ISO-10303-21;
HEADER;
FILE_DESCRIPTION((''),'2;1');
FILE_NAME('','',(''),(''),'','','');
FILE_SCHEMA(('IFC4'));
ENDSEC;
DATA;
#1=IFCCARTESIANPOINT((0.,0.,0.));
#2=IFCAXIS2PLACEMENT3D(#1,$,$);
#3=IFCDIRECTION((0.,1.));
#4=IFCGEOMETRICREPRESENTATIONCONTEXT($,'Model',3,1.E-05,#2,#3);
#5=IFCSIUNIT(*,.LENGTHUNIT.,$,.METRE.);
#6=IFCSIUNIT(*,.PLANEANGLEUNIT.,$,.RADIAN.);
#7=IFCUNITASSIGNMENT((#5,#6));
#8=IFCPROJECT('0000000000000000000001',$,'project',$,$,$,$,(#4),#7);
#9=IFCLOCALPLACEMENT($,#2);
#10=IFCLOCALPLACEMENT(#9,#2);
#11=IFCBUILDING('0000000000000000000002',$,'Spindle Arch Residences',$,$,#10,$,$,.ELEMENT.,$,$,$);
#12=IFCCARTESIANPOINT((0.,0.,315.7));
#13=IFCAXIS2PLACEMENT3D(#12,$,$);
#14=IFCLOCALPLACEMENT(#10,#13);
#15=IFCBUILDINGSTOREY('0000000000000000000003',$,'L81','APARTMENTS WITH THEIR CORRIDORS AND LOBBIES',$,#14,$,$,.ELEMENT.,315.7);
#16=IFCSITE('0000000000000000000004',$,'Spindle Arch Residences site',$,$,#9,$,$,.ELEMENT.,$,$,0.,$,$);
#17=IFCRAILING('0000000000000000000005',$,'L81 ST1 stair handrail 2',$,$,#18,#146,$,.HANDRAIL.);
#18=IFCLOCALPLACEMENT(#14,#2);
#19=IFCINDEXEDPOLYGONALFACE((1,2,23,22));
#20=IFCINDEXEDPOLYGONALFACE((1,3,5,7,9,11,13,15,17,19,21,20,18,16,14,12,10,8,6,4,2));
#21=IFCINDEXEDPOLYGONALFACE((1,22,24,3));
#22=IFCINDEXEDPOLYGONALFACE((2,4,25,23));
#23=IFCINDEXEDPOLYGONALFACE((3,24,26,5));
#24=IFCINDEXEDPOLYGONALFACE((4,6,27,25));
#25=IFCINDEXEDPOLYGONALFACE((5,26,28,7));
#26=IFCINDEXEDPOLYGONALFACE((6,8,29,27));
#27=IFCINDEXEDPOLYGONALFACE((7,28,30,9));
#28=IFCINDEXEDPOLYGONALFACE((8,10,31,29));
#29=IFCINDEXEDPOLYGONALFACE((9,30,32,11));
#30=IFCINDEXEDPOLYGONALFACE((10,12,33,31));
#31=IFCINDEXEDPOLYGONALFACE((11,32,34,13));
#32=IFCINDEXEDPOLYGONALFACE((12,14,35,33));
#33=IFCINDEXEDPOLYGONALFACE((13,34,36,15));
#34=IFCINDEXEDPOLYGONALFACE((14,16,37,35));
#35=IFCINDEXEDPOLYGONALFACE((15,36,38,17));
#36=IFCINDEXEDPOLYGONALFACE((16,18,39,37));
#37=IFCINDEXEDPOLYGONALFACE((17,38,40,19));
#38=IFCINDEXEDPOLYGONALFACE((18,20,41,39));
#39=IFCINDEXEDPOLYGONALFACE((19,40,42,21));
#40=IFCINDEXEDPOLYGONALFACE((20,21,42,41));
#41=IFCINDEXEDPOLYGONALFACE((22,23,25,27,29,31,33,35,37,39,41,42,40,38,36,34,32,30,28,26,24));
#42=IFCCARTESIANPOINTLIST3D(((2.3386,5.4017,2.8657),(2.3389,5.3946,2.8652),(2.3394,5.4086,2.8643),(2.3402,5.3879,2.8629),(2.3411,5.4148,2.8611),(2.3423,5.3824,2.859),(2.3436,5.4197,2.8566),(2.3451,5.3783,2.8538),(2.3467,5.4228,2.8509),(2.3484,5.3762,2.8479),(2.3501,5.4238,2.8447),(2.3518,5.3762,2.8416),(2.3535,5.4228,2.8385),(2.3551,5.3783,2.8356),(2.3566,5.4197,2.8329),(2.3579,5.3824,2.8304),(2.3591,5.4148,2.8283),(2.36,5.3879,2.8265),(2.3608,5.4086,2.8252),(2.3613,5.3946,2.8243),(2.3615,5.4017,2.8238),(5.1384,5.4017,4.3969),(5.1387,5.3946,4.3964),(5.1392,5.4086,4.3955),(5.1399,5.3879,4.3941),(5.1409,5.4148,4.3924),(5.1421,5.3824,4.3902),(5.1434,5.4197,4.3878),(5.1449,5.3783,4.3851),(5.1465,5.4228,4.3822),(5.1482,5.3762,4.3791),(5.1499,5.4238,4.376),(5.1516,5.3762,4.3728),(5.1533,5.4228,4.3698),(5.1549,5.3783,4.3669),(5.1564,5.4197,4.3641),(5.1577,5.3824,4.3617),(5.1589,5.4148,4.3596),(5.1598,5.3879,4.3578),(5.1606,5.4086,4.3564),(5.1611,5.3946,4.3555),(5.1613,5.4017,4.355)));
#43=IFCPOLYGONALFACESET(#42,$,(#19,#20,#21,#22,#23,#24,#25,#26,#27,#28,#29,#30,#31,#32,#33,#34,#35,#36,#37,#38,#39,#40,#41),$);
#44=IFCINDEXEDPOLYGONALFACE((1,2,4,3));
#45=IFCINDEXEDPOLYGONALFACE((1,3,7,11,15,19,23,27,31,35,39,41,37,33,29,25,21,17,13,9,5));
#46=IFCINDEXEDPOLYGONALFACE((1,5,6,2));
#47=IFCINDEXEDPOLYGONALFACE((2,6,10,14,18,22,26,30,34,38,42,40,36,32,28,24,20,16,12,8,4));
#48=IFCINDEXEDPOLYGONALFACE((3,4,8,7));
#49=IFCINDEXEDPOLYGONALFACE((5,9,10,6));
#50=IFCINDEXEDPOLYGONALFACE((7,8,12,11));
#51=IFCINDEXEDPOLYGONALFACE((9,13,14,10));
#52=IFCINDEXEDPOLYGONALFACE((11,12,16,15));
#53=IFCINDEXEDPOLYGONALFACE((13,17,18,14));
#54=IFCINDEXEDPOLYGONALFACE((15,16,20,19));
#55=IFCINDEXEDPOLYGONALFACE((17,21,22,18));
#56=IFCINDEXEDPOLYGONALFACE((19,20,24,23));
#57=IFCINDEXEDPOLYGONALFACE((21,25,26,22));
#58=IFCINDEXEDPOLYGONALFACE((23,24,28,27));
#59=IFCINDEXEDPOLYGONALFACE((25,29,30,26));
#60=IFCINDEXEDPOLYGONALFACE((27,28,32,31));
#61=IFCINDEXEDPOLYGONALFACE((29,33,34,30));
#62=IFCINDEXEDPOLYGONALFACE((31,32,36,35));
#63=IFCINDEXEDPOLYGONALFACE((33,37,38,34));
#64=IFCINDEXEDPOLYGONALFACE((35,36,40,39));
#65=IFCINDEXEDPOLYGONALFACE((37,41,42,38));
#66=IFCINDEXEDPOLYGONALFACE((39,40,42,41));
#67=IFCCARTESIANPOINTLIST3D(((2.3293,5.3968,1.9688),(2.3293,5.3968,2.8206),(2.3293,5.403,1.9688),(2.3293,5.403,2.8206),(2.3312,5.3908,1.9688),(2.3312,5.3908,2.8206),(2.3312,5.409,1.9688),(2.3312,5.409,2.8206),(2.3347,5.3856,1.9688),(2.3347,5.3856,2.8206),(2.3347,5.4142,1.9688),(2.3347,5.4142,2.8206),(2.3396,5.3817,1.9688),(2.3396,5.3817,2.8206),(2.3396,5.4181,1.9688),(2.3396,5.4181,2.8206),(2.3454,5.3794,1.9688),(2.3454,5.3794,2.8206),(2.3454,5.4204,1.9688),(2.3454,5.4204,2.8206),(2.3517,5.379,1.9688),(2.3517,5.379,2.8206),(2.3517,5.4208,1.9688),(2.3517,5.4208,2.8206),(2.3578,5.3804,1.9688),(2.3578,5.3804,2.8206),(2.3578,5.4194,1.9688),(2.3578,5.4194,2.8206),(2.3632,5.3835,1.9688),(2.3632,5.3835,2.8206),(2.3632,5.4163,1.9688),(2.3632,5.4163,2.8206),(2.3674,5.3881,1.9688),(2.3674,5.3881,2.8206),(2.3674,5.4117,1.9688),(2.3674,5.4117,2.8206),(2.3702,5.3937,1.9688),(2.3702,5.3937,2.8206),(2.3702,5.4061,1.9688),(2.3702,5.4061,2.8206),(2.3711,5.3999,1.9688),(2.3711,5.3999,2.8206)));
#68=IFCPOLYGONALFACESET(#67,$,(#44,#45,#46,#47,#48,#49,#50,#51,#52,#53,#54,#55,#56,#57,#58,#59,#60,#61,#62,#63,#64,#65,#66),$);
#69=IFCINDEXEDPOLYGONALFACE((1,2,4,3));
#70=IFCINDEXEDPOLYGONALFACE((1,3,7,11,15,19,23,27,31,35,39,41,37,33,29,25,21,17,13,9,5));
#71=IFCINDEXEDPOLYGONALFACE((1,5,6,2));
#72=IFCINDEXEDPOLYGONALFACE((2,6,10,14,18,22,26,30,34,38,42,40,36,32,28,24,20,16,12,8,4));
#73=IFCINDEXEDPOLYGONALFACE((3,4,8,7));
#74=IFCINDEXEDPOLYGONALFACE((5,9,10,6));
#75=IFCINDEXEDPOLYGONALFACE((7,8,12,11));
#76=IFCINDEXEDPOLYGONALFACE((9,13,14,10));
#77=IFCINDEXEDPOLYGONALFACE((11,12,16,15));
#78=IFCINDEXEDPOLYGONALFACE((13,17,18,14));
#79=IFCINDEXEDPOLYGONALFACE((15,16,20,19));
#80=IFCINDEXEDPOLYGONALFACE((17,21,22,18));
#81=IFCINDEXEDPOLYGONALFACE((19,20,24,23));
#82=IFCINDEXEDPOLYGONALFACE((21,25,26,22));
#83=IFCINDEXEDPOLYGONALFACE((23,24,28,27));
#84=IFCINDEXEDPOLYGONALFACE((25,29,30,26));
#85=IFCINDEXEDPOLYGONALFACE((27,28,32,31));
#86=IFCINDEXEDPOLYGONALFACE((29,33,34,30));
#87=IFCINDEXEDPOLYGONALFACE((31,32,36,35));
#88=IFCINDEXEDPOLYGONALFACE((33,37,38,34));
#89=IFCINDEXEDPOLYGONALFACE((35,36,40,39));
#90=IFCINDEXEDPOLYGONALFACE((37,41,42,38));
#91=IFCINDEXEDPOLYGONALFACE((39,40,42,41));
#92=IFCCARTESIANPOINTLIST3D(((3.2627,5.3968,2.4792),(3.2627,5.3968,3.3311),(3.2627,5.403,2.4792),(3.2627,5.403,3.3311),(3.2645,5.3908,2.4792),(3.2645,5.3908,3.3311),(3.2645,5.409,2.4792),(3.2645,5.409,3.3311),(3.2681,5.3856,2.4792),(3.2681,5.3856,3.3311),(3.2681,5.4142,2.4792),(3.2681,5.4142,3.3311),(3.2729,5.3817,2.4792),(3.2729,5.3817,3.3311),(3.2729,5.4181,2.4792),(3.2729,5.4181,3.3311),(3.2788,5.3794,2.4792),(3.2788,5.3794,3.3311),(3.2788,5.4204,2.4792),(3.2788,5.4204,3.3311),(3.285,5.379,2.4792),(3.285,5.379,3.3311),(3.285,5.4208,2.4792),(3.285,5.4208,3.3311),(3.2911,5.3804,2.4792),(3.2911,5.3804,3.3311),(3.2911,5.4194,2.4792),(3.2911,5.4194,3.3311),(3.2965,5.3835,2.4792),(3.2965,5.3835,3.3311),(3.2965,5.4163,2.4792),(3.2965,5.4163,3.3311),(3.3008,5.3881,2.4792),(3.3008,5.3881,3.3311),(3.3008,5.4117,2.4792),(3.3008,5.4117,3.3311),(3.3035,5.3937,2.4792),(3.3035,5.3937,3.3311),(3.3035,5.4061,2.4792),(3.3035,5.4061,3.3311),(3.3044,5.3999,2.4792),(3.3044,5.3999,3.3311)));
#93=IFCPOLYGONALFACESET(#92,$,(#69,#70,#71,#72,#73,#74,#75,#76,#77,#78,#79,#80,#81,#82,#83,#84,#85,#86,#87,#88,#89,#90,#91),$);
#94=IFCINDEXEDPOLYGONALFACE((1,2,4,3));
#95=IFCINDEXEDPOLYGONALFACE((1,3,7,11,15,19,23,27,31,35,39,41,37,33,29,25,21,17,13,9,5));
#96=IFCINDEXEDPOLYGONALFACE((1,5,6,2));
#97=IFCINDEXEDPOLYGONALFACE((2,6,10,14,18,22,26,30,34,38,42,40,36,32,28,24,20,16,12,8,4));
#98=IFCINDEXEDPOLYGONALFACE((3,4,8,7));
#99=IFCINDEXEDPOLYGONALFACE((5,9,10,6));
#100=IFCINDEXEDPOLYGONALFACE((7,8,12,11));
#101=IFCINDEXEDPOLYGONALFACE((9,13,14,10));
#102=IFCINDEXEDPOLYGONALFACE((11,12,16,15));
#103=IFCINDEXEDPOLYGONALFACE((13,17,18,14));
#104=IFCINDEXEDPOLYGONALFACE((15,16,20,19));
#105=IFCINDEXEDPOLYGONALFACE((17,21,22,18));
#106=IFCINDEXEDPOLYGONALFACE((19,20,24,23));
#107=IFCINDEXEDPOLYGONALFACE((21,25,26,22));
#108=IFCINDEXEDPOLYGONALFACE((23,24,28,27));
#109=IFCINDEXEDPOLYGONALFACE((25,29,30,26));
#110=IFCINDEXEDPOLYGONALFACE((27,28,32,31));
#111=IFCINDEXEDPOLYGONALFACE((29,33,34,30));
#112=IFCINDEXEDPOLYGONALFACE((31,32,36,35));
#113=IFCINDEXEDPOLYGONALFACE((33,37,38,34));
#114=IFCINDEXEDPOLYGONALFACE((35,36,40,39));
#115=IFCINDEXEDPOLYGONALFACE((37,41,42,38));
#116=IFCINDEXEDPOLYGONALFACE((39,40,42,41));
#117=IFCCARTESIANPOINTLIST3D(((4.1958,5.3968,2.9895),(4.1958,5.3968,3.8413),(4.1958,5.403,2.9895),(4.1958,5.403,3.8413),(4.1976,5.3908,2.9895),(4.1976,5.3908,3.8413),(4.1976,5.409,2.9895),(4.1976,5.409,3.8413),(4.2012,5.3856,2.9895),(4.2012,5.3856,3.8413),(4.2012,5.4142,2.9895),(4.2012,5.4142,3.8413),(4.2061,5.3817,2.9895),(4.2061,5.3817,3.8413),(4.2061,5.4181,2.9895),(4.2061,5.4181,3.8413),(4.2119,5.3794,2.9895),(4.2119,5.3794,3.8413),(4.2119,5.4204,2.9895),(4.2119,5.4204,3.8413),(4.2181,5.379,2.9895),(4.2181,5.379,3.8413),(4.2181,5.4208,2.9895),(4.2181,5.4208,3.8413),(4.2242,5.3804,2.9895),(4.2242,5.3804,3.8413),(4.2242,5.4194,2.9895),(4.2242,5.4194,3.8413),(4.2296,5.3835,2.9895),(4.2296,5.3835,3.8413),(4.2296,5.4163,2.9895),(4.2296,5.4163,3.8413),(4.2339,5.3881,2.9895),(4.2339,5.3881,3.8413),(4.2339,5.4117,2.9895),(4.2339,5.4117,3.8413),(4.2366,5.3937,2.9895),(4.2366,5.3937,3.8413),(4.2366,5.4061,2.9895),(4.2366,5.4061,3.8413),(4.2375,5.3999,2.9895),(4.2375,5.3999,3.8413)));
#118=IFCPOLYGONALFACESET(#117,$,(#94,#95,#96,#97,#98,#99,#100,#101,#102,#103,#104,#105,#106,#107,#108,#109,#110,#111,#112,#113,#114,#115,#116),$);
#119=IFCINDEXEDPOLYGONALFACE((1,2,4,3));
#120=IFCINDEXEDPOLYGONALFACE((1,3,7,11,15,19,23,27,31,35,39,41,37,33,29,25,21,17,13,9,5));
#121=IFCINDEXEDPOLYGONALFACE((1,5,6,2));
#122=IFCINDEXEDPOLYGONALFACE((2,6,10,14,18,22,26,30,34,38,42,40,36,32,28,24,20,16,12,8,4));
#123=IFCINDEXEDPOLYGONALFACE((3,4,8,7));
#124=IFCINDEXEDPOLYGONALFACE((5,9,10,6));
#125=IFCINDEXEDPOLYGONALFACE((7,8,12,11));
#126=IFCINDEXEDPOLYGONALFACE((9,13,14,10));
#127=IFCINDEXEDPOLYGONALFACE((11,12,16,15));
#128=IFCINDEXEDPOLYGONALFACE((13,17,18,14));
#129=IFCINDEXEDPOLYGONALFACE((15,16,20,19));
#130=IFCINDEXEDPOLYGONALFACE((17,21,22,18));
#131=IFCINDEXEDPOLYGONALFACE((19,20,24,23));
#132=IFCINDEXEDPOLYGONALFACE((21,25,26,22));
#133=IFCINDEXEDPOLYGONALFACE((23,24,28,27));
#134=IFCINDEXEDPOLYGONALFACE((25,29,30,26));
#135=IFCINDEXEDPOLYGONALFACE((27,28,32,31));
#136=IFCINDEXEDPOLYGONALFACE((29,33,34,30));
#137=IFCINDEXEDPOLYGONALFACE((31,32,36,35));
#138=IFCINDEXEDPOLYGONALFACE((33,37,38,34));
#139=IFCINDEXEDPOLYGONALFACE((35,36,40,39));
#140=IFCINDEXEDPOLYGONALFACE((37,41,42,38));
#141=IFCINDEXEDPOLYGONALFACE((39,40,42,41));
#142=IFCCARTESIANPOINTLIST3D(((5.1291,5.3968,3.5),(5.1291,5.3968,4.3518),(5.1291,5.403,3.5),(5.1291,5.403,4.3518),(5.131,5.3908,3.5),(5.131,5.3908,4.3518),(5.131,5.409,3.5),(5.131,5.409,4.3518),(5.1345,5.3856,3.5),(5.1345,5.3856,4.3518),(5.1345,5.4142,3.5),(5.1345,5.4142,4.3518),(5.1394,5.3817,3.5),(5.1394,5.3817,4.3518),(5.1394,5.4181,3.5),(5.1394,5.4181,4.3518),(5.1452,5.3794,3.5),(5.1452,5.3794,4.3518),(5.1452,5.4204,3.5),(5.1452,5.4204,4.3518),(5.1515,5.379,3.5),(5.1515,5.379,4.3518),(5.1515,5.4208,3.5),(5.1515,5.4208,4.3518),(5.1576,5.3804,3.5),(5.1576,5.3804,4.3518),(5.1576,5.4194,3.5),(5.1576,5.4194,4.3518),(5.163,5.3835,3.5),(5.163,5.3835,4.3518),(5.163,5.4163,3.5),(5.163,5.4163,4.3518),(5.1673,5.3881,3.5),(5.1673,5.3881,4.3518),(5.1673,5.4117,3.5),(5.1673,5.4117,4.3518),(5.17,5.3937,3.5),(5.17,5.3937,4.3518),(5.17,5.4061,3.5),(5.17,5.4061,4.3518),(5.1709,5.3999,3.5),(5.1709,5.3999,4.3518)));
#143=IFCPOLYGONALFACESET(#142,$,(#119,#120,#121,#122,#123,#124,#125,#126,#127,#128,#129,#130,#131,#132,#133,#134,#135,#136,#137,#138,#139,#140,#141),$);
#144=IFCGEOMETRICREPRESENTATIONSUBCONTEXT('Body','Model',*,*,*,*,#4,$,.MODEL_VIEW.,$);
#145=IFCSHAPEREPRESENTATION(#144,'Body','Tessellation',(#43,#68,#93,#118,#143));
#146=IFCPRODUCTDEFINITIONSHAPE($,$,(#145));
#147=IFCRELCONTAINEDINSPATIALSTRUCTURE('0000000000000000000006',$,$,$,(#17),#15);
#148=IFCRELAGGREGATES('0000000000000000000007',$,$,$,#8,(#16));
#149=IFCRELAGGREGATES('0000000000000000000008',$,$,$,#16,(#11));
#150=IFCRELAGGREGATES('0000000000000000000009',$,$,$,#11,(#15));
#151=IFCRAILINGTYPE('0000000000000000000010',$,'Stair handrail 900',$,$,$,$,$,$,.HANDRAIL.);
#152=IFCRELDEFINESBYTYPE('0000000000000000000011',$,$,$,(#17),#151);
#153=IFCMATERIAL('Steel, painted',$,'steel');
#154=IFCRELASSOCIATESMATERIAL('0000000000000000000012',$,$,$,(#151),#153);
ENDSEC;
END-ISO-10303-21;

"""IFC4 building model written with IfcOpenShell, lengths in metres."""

from ifc_helpers import new_model, si_unit, direction, frame, origin, origin_2d, place, context, subcontext, project, spatial, circle, extrude, material, type_object, element, save


model = new_model("IFC4")

# Units and contexts
model_context = context("Model", 3, precision=1e-05, world=origin(), true_north=direction((0.0, 1.0)))
body_context = subcontext(model_context, "Body", "Model", "MODEL_VIEW")
ifc_project = project(units=[si_unit("LENGTHUNIT", "METRE"), si_unit("PLANEANGLEUNIT", "RADIAN")], contexts=[model_context])

# Site, building, storey
site_placement = place(None, origin())
site = spatial("IfcSite", under=ifc_project, at=site_placement, Name="Spindle Arch Residences site", CompositionType="ELEMENT", RefElevation=0.0)
building_placement = place(site_placement, origin())
building = spatial("IfcBuilding", under=site, at=building_placement, Name="Spindle Arch Residences", CompositionType="ELEMENT")
storey_placement = place(building_placement, frame((0.0, 0.0, 315.7)))
storey = spatial("IfcBuildingStorey", under=building, at=storey_placement, Name="L81", Description="APARTMENTS WITH THEIR CORRIDORS AND LOBBIES", CompositionType="ELEMENT", Elevation=315.7)

# Railing
ifc_material_1 = material(Name="Steel, painted", Category="steel")
railing_type_1 = type_object("IfcRailingType", Name="Stair handrail 900", PredefinedType="HANDRAIL", material=ifc_material_1)
railing_1_placement = place(storey_placement, frame((2.3501, 5.3999, 1.9688)))
element("IfcRailing", 1, at=railing_1_placement, inside=storey, type_object=railing_type_1, Name="L81 ST1 stair handrail 2", PredefinedType="HANDRAIL", context=body_context, shape_type="SweptSolid", body=[
    extrude(circle(Radius=0.0239, at=origin_2d()), frame((0.0, 0.0, 0.876), z_axis=(0.877357, 0.0, 0.479838), x_axis=(0.0, 1.0, 0.0)), (0.0, 0.0, 1.0), 3.1912),
    extrude(circle(Radius=0.021, at=origin_2d()), origin(), (0.0, 0.0, 1.0), 0.8518),
    extrude(circle(Radius=0.021, at=origin_2d()), frame((0.9333, 0.0, 0.5105)), (0.0, 0.0, 1.0), 0.8518),
    extrude(circle(Radius=0.021, at=origin_2d()), frame((1.8665, 0.0, 1.0208)), (0.0, 0.0, 1.0), 0.8518),
    extrude(circle(Radius=0.021, at=origin_2d()), frame((2.7998, 0.0, 1.5312)), (0.0, 0.0, 1.0), 0.8518),
])

save(model, "model.ifc")
